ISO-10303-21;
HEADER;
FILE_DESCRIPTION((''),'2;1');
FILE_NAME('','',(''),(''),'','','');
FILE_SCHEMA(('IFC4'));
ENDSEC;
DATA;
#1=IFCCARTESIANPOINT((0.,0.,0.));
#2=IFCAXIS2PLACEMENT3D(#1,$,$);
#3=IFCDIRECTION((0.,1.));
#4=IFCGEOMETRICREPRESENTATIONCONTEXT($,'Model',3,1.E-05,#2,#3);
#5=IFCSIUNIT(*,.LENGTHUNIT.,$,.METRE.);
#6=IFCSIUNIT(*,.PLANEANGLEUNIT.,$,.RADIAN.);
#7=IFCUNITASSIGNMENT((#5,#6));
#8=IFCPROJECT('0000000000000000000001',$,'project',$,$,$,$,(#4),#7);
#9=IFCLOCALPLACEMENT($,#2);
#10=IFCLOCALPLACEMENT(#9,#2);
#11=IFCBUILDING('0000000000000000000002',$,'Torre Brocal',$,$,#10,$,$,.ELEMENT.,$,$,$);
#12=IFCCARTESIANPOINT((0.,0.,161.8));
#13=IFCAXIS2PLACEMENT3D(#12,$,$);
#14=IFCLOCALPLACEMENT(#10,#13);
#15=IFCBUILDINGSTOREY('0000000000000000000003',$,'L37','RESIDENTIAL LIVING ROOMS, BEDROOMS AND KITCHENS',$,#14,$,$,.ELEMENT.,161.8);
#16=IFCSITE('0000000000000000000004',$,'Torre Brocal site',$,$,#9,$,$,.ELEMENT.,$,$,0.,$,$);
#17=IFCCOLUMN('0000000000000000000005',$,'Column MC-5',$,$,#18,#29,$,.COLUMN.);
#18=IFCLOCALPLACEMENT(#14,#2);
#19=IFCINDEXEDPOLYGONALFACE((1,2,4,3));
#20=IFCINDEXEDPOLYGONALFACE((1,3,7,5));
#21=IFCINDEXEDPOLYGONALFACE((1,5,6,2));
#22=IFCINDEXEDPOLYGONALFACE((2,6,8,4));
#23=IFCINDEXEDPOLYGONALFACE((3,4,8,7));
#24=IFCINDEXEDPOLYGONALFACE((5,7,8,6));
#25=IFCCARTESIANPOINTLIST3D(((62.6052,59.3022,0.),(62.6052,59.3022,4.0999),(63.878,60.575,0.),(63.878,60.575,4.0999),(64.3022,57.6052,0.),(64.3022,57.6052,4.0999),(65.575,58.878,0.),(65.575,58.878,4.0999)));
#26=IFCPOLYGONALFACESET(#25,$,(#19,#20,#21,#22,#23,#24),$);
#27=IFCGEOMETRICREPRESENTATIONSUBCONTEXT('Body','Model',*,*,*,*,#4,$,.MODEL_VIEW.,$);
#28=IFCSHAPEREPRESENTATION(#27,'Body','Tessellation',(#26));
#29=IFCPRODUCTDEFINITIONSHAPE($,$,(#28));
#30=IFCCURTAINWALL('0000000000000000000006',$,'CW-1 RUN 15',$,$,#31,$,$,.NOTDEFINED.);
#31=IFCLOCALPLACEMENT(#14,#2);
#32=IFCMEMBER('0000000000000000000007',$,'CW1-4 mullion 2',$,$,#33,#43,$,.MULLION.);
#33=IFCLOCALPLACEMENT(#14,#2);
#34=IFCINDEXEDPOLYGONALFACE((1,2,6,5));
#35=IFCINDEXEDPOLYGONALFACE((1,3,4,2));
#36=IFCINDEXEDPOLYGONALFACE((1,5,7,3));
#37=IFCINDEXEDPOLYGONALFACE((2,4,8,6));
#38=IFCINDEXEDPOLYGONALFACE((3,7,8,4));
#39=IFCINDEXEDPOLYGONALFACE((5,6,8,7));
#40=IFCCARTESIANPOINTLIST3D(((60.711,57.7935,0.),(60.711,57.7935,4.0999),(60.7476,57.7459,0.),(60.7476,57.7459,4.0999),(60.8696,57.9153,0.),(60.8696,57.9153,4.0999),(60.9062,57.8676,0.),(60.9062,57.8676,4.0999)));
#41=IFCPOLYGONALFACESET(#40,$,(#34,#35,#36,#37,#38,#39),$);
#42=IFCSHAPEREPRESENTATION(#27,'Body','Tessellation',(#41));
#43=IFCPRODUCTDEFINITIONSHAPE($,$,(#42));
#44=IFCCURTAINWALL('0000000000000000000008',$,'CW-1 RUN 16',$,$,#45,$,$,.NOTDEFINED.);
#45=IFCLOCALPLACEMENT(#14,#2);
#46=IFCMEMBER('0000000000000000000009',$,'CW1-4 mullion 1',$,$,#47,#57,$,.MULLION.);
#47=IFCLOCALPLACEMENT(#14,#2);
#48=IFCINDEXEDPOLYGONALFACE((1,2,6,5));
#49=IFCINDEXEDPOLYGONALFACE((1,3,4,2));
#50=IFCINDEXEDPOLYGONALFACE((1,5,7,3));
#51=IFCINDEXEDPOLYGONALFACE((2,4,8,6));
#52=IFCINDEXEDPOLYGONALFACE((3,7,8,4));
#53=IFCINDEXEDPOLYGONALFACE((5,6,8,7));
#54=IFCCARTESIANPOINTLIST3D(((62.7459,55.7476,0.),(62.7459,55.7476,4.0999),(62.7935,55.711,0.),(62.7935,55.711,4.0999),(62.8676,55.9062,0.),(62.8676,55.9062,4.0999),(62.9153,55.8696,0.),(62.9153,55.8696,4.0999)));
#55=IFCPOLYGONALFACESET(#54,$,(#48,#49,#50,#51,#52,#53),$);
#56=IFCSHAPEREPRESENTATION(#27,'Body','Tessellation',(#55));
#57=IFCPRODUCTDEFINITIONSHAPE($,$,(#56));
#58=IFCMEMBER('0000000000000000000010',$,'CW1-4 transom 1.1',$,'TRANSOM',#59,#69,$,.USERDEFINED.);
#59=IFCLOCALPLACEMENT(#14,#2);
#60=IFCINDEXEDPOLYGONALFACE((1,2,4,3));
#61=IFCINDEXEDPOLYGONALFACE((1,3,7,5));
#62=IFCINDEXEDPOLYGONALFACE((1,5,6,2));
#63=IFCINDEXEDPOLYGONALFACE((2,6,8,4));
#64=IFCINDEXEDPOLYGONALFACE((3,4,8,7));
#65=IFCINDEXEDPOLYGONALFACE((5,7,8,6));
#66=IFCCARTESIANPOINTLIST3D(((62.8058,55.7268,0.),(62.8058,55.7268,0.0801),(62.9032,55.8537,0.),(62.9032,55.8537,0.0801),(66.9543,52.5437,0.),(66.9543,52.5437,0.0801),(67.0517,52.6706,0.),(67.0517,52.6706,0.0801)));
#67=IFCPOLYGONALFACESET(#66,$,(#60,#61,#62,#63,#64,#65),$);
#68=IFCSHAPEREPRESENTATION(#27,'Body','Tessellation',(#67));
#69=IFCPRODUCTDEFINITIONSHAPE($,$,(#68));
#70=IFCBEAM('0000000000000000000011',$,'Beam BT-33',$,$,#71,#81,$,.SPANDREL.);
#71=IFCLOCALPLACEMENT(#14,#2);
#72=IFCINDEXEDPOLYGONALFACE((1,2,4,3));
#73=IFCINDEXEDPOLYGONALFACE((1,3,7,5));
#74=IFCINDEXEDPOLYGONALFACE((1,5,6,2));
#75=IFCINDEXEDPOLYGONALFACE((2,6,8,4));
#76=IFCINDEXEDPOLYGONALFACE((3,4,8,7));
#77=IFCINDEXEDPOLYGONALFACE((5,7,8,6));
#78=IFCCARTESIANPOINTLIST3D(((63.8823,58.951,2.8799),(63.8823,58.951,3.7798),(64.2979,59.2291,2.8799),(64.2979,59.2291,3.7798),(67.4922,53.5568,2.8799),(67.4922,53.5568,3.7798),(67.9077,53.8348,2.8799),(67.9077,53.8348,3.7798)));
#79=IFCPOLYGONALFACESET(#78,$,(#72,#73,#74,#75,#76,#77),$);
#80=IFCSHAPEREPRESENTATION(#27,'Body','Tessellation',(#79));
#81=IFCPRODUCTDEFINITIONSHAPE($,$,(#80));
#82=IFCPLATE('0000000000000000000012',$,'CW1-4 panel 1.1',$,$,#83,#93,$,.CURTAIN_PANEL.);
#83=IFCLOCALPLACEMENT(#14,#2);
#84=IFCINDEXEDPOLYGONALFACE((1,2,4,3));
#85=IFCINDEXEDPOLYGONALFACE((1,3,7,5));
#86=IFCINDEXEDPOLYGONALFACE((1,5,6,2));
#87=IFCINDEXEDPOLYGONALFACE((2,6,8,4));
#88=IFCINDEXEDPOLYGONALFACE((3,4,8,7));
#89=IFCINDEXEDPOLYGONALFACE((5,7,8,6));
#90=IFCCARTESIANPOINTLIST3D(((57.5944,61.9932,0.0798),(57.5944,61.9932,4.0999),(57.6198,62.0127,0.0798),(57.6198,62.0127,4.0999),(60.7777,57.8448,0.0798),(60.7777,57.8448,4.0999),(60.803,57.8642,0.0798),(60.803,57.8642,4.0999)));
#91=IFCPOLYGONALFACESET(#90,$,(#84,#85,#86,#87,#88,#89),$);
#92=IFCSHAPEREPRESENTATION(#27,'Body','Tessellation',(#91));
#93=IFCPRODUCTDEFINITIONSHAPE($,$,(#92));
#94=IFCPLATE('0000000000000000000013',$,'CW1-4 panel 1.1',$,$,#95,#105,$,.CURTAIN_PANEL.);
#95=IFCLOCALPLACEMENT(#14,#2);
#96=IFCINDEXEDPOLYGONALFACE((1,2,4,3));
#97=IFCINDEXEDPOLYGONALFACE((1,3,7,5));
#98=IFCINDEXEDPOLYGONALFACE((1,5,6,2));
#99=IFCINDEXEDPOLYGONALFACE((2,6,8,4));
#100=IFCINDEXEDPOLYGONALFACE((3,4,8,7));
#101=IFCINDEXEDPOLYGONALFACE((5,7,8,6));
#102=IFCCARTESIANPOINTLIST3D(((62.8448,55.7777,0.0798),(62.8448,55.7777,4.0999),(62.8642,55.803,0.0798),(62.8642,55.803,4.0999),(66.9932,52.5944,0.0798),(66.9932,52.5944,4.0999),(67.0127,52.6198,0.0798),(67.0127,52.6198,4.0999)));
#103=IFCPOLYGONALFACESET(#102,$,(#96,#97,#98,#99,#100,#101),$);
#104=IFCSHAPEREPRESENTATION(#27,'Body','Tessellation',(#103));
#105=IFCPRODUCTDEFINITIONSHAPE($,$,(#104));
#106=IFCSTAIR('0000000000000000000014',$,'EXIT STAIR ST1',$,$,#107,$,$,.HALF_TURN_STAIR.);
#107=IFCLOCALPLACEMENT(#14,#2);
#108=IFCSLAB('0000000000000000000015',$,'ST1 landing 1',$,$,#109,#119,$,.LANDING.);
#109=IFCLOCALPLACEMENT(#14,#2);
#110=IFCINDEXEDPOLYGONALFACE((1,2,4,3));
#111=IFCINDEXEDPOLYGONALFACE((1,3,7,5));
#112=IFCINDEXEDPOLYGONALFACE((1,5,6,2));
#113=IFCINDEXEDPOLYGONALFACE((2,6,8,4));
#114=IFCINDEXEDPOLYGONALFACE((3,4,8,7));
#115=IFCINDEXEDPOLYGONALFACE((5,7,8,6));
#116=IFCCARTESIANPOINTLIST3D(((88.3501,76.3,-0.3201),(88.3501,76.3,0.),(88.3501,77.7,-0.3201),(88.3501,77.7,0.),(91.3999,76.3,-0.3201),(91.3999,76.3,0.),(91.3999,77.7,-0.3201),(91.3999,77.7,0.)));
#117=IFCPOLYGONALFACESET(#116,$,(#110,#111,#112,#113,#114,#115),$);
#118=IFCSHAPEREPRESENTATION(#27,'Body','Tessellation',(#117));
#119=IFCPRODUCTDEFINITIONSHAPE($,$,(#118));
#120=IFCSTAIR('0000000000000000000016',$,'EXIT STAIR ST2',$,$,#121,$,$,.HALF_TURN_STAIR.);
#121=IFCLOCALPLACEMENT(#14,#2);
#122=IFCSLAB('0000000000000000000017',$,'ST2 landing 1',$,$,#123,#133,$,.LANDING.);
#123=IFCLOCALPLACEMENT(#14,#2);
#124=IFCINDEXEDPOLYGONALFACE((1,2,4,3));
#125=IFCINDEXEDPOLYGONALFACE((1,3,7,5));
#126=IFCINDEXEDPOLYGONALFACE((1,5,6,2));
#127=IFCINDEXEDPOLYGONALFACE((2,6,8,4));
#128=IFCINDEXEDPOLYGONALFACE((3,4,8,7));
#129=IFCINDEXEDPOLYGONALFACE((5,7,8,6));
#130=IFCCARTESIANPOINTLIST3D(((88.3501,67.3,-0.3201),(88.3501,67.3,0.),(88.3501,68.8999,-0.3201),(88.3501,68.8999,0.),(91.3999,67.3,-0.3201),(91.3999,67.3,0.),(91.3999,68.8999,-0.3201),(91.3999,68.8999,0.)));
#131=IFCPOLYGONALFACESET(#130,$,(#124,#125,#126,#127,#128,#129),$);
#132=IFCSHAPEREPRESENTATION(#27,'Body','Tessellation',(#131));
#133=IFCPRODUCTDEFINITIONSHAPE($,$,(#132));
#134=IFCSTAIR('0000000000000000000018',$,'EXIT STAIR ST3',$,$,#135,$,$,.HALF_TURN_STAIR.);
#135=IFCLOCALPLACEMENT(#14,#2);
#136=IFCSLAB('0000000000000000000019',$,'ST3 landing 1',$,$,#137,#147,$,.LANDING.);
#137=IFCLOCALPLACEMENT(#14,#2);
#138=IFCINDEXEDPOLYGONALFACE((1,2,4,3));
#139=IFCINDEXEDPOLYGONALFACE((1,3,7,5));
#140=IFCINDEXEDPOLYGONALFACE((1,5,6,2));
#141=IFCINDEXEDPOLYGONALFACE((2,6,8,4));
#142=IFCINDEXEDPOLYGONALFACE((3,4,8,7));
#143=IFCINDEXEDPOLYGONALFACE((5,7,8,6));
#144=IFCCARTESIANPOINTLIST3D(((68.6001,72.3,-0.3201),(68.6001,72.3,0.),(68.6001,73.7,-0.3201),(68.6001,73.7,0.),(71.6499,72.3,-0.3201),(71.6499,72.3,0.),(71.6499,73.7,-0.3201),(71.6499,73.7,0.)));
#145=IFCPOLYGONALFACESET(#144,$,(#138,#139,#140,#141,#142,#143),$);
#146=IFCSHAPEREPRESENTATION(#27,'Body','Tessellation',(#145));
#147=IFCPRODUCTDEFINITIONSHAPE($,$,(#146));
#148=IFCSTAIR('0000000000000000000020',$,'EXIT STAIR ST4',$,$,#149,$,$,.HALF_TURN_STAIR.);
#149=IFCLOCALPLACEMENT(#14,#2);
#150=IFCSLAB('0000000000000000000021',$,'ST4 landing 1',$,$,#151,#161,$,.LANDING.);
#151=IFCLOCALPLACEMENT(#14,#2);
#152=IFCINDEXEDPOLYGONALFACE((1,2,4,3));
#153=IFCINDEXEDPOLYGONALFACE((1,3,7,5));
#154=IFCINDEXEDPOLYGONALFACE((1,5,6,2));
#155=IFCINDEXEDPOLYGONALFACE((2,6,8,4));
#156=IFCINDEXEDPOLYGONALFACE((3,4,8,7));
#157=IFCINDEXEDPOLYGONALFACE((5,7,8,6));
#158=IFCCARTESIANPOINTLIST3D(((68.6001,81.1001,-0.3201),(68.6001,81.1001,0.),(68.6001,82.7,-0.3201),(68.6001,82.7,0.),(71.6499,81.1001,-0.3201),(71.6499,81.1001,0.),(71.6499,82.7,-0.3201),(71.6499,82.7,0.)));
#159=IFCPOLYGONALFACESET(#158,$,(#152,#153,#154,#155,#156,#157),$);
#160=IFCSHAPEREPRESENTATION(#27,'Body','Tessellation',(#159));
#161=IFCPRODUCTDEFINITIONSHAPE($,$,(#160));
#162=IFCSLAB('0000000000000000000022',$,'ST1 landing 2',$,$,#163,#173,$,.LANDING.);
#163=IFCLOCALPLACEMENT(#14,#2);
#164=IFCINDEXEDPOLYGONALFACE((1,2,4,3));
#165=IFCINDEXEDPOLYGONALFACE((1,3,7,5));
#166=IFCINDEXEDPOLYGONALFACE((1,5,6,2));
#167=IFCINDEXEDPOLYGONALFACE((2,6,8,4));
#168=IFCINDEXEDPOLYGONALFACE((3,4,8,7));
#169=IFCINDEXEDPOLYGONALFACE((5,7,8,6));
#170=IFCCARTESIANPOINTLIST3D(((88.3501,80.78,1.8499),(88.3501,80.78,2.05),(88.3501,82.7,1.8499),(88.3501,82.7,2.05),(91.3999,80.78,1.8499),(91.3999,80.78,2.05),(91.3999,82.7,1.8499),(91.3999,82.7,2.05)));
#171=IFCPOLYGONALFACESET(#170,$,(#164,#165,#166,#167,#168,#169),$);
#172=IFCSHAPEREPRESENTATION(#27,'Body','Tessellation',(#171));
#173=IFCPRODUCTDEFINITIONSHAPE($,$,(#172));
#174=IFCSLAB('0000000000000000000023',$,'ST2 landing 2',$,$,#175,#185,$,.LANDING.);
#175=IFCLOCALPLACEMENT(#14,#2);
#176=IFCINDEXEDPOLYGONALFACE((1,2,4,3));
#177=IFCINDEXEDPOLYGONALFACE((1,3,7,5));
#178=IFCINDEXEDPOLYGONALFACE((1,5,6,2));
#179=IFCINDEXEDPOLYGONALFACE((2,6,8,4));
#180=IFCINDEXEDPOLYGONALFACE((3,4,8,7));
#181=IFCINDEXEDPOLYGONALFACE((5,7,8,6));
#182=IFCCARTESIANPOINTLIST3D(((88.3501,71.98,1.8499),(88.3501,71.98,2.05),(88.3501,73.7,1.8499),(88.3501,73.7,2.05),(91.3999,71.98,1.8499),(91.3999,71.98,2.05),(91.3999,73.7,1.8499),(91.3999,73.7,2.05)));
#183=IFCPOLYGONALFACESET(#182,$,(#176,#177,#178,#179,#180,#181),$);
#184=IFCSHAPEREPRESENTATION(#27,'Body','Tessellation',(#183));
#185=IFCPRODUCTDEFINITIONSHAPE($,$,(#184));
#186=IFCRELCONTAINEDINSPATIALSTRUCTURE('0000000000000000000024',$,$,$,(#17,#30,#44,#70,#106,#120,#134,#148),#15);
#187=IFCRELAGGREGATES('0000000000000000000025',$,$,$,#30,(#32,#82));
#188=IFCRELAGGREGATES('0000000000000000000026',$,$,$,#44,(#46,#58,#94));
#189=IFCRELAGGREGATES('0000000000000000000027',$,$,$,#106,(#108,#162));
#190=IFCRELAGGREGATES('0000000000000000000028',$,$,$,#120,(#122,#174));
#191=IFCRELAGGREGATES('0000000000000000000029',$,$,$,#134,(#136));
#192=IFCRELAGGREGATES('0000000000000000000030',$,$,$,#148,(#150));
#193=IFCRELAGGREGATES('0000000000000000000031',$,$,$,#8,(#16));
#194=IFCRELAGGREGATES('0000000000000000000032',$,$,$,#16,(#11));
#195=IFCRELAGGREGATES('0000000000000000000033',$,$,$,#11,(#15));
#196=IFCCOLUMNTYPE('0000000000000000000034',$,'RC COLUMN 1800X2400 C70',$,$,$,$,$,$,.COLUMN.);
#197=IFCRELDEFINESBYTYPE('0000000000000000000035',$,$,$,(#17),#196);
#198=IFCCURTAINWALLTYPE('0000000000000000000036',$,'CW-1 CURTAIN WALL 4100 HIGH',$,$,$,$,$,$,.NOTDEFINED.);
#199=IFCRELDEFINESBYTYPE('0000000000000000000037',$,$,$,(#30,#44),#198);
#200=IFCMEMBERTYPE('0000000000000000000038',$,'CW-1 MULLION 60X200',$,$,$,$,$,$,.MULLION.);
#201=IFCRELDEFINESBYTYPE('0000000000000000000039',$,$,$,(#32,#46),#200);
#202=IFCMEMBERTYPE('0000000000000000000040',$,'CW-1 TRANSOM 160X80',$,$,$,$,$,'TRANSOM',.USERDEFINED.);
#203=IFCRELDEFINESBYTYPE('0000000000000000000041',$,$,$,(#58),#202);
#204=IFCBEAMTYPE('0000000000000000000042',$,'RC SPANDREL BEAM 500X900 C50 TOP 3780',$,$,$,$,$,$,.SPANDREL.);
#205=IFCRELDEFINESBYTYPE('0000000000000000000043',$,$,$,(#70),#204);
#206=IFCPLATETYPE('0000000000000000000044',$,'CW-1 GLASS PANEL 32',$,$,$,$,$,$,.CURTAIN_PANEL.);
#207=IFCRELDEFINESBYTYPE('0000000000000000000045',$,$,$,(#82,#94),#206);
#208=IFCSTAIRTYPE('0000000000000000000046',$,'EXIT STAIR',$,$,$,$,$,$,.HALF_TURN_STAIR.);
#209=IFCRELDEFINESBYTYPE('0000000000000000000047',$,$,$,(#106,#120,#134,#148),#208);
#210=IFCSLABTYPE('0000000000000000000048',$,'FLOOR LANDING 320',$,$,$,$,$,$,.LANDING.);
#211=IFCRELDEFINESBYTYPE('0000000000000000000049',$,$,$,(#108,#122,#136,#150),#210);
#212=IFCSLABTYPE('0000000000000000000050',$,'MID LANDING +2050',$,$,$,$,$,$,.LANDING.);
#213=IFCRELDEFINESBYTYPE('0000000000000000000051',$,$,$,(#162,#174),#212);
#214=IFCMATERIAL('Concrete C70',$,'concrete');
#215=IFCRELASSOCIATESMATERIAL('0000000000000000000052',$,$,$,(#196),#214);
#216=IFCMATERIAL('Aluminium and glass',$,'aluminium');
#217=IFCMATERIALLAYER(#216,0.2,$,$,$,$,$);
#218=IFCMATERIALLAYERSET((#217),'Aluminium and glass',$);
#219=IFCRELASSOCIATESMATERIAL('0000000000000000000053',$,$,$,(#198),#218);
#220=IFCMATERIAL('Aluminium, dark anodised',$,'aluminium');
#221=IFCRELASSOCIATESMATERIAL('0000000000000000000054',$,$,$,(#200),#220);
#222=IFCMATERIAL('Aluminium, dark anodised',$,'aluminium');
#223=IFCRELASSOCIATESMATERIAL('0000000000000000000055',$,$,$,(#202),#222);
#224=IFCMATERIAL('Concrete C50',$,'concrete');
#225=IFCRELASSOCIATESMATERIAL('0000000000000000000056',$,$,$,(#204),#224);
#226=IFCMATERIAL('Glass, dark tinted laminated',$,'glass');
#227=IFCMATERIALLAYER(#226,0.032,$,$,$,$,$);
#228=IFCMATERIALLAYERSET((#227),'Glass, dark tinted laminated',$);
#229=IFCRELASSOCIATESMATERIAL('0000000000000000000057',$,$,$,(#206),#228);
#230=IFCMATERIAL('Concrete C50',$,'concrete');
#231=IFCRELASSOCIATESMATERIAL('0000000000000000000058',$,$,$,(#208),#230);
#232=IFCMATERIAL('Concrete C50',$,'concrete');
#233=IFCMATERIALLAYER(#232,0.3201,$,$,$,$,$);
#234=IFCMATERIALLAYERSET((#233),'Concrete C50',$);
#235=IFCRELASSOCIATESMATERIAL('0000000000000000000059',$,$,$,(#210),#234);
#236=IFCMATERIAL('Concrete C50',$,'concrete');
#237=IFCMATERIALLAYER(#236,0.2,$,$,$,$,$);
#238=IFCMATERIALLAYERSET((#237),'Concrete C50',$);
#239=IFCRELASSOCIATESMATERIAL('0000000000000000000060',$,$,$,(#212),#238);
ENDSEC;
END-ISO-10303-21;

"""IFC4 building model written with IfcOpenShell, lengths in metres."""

from ifc_helpers import new_model, si_unit, direction, frame, origin, origin_2d, place, context, subcontext, project, spatial, polyline, rectangle, outline, extrude, material, layer, layer_set, material_profile, profile_set, type_object, element, aggregate, save


model = new_model("IFC4")

# Units and contexts
model_context = context("Model", 3, precision=1e-05, world=origin(), true_north=direction((0.0, 1.0)))
body_context = subcontext(model_context, "Body", "Model", "MODEL_VIEW")
ifc_project = project(units=[si_unit("LENGTHUNIT", "METRE"), si_unit("PLANEANGLEUNIT", "RADIAN")], contexts=[model_context])

# Site, building, storey
site_placement = place(None, origin())
site = spatial("IfcSite", under=ifc_project, at=site_placement, Name="Torre Brocal site", CompositionType="ELEMENT", RefElevation=0.0)
building_placement = place(site_placement, origin())
building = spatial("IfcBuilding", under=site, at=building_placement, Name="Torre Brocal", CompositionType="ELEMENT")
storey_placement = place(building_placement, frame((0.0, 0.0, 161.8)))
storey = spatial("IfcBuildingStorey", under=building, at=storey_placement, Name="L37", Description="RESIDENTIAL LIVING ROOMS, BEDROOMS AND KITCHENS", CompositionType="ELEMENT", Elevation=161.8)

# Column
ifc_material_1 = material(Name="Concrete C70", Category="concrete")
ifc_material_profile_1 = material_profile(ifc_material_1, rectangle(XDim=1.8, YDim=2.3999, at=origin_2d()), Name="RC 1800X2400")
ifc_profile_set_1 = profile_set([ifc_material_profile_1], Name="Concrete C70")
column_type = type_object("IfcColumnType", Name="RC COLUMN 1800X2400 C70", PredefinedType="COLUMN", material=ifc_profile_set_1)
column_placement = place(storey_placement, frame((64.0901, 59.0901, 0.0), z_axis=(0.0, 0.0, 1.0), x_axis=(-0.707107, -0.707107, 0.0)))
element("IfcColumn", 1, at=column_placement, inside=storey, type_object=column_type, Name="Column MC-5", PredefinedType="COLUMN", context=body_context, shape_type="SweptSolid", body=[
    extrude(rectangle(XDim=1.8, YDim=2.3999, at=origin_2d()), origin(), (0.0, 0.0, 1.0), 4.0999),
])

# Curtain wall, member
ifc_material_2 = material(Name="Aluminium and glass", Category="aluminium")
ifc_layer_1 = layer(ifc_material_2, 0.2)
ifc_layer_set_1 = layer_set([ifc_layer_1], Name="Aluminium and glass")
curtain_wall_type = type_object("IfcCurtainWallType", Name="CW-1 CURTAIN WALL 4100 HIGH", PredefinedType="NOTDEFINED", material=ifc_layer_set_1)
curtain_wall_1_placement = place(storey_placement, origin())
curtain_wall_1 = element("IfcCurtainWall", 2, at=curtain_wall_1_placement, inside=storey, type_object=curtain_wall_type, Name="CW-1 RUN 15", PredefinedType="NOTDEFINED")
ifc_material_3 = material(Name="Aluminium, dark anodised", Category="aluminium")
ifc_material_profile_2 = material_profile(ifc_material_3, rectangle(XDim=0.2, YDim=0.0601, at=origin_2d()), Name="CW-1 MULLION 60X200")
ifc_profile_set_2 = profile_set([ifc_material_profile_2], Name="Aluminium, dark anodised")
member_type_1 = type_object("IfcMemberType", Name="CW-1 MULLION 60X200", PredefinedType="MULLION", material=ifc_profile_set_2)
member_1_placement = place(storey_placement, frame((60.8086, 57.8306, 0.0), z_axis=(0.0, 0.0, 1.0), x_axis=(0.793353, 0.608761, 0.0)))
member_1 = element("IfcMember", 3, at=member_1_placement, type_object=member_type_1, Name="CW1-4 mullion 2", PredefinedType="MULLION", context=body_context, shape_type="SweptSolid", body=[
    extrude(rectangle(XDim=0.2, YDim=0.0601, at=origin_2d()), origin(), (0.0, 0.0, 1.0), 4.0999),
])

# Curtain wall, members
curtain_wall_2_placement = place(storey_placement, origin())
curtain_wall_2 = element("IfcCurtainWall", 4, at=curtain_wall_2_placement, inside=storey, type_object=curtain_wall_type, Name="CW-1 RUN 16", PredefinedType="NOTDEFINED")
member_2_placement = place(storey_placement, frame((62.8306, 55.8086, 0.0), z_axis=(0.0, 0.0, 1.0), x_axis=(0.608761, 0.793353, 0.0)))
member_2 = element("IfcMember", 5, at=member_2_placement, type_object=member_type_1, Name="CW1-4 mullion 1", PredefinedType="MULLION", context=body_context, shape_type="SweptSolid", body=[
    extrude(rectangle(XDim=0.2, YDim=0.0601, at=origin_2d()), origin(), (0.0, 0.0, 1.0), 4.0999),
])
ifc_material_4 = material(Name="Aluminium, dark anodised", Category="aluminium")
ifc_material_profile_3 = material_profile(ifc_material_4, rectangle(XDim=0.1599, YDim=0.0801, at=origin_2d()), Name="CW-1 TRANSOM 160X80")
ifc_profile_set_3 = profile_set([ifc_material_profile_3], Name="Aluminium, dark anodised")
member_type_2 = type_object("IfcMemberType", Name="CW-1 TRANSOM 160X80", ElementType="TRANSOM", PredefinedType="USERDEFINED", material=ifc_profile_set_3)
member_3_placement = place(storey_placement, frame((62.8545, 55.7903, 0.04), z_axis=(0.793363, -0.608749, 0.0), x_axis=(0.608749, 0.793363, 0.0)))
member_3 = element("IfcMember", 6, at=member_3_placement, type_object=member_type_2, Name="CW1-4 transom 1.1", ObjectType="TRANSOM", PredefinedType="USERDEFINED", context=body_context, shape_type="SweptSolid", body=[
    extrude(rectangle(XDim=0.1599, YDim=0.0801, at=origin_2d()), origin(), (0.0, 0.0, 1.0), 5.229),
])

# Beam
ifc_material_5 = material(Name="Concrete C50", Category="concrete")
ifc_material_profile_4 = material_profile(ifc_material_5, rectangle(XDim=0.5, YDim=0.8999, at=origin_2d()), Name="RC 500X900")
ifc_profile_set_4 = profile_set([ifc_material_profile_4], Name="Concrete C50")
beam_type = type_object("IfcBeamType", Name="RC SPANDREL BEAM 500X900 C50 TOP 3780", PredefinedType="SPANDREL", material=ifc_profile_set_4)
beam_placement = place(storey_placement, frame((64.0901, 59.0901, 3.3298), z_axis=(0.556158, -0.831077, 0.0), x_axis=(0.831077, 0.556158, 0.0)))
element("IfcBeam", 7, at=beam_placement, inside=storey, type_object=beam_type, Name="Beam BT-33", PredefinedType="SPANDREL", context=body_context, shape_type="SweptSolid", body=[
    extrude(rectangle(XDim=0.5, YDim=0.8999, at=origin_2d()), origin(), (0.0, 0.0, 1.0), 6.4907),
])

# Plates
ifc_material_6 = material(Name="Glass, dark tinted laminated", Category="glass")
ifc_layer_2 = layer(ifc_material_6, 0.032)
ifc_layer_set_2 = layer_set([ifc_layer_2], Name="Glass, dark tinted laminated")
plate_type = type_object("IfcPlateType", Name="CW-1 GLASS PANEL 32", PredefinedType="CURTAIN_PANEL", material=ifc_layer_set_2)
plate_1_placement = place(storey_placement, frame((59.1987, 59.9287, 0.0798), z_axis=(0.0, 0.0, 1.0), x_axis=(0.608761, -0.793353, 0.0)))
plate_1 = element("IfcPlate", 8, at=plate_1_placement, type_object=plate_type, Name="CW1-4 panel 1.1", PredefinedType="CURTAIN_PANEL", context=body_context, shape_type="SweptSolid", body=[
    extrude(rectangle(XDim=5.229, YDim=0.032, at=origin_2d()), origin(), (0.0, 0.0, 1.0), 4.02),
])
aggregate(curtain_wall_1, [member_1, plate_1])
plate_2_placement = place(storey_placement, frame((64.9287, 54.1987, 0.0798), z_axis=(0.0, 0.0, 1.0), x_axis=(0.793353, -0.608761, 0.0)))
plate_2 = element("IfcPlate", 9, at=plate_2_placement, type_object=plate_type, Name="CW1-4 panel 1.1", PredefinedType="CURTAIN_PANEL", context=body_context, shape_type="SweptSolid", body=[
    extrude(rectangle(XDim=5.229, YDim=0.032, at=origin_2d()), origin(), (0.0, 0.0, 1.0), 4.02),
])
aggregate(curtain_wall_2, [member_2, member_3, plate_2])

# Stairs, slabs
ifc_material_7 = material(Name="Concrete C50", Category="concrete")
stair_type = type_object("IfcStairType", Name="EXIT STAIR", PredefinedType="HALF_TURN_STAIR", material=ifc_material_7)
stair_1_placement = place(storey_placement, origin())
stair_1 = element("IfcStair", 10, at=stair_1_placement, inside=storey, type_object=stair_type, Name="EXIT STAIR ST1", PredefinedType="HALF_TURN_STAIR")
ifc_material_8 = material(Name="Concrete C50", Category="concrete")
ifc_layer_3 = layer(ifc_material_8, 0.3201)
ifc_layer_set_3 = layer_set([ifc_layer_3], Name="Concrete C50")
slab_type_1 = type_object("IfcSlabType", Name="FLOOR LANDING 320", PredefinedType="LANDING", material=ifc_layer_set_3)
slab_1_placement = place(storey_placement, frame((0.0, 0.0, -0.3201)))
slab_1 = element("IfcSlab", 11, at=slab_1_placement, type_object=slab_type_1, Name="ST1 landing 1", PredefinedType="LANDING", context=body_context, shape_type="SweptSolid", body=[
    extrude(outline(polyline([(88.3501, 76.3), (91.3999, 76.3), (91.3999, 77.7), (88.3501, 77.7), (88.3501, 76.3)])), origin(), (0.0, 0.0, 1.0), 0.3201),
])
stair_2_placement = place(storey_placement, origin())
stair_2 = element("IfcStair", 12, at=stair_2_placement, inside=storey, type_object=stair_type, Name="EXIT STAIR ST2", PredefinedType="HALF_TURN_STAIR")
slab_2_placement = place(storey_placement, frame((0.0, 0.0, -0.3201)))
slab_2 = element("IfcSlab", 13, at=slab_2_placement, type_object=slab_type_1, Name="ST2 landing 1", PredefinedType="LANDING", context=body_context, shape_type="SweptSolid", body=[
    extrude(outline(polyline([(88.3501, 67.3), (91.3999, 67.3), (91.3999, 68.8999), (88.3501, 68.8999), (88.3501, 67.3)])), origin(), (0.0, 0.0, 1.0), 0.3201),
])
stair_3_placement = place(storey_placement, origin())
stair_3 = element("IfcStair", 14, at=stair_3_placement, inside=storey, type_object=stair_type, Name="EXIT STAIR ST3", PredefinedType="HALF_TURN_STAIR")
slab_3_placement = place(storey_placement, frame((0.0, 0.0, -0.3201)))
slab_3 = element("IfcSlab", 15, at=slab_3_placement, type_object=slab_type_1, Name="ST3 landing 1", PredefinedType="LANDING", context=body_context, shape_type="SweptSolid", body=[
    extrude(outline(polyline([(71.6499, 73.7), (68.6001, 73.7), (68.6001, 72.3), (71.6499, 72.3), (71.6499, 73.7)])), origin(), (0.0, 0.0, 1.0), 0.3201),
])
stair_4_placement = place(storey_placement, origin())
stair_4 = element("IfcStair", 16, at=stair_4_placement, inside=storey, type_object=stair_type, Name="EXIT STAIR ST4", PredefinedType="HALF_TURN_STAIR")
slab_4_placement = place(storey_placement, frame((0.0, 0.0, -0.3201)))
slab_4 = element("IfcSlab", 17, at=slab_4_placement, type_object=slab_type_1, Name="ST4 landing 1", PredefinedType="LANDING", context=body_context, shape_type="SweptSolid", body=[
    extrude(outline(polyline([(71.6499, 82.7), (68.6001, 82.7), (68.6001, 81.1001), (71.6499, 81.1001), (71.6499, 82.7)])), origin(), (0.0, 0.0, 1.0), 0.3201),
])

# Slabs
ifc_material_9 = material(Name="Concrete C50", Category="concrete")
ifc_layer_4 = layer(ifc_material_9, 0.2)
ifc_layer_set_4 = layer_set([ifc_layer_4], Name="Concrete C50")
slab_type_2 = type_object("IfcSlabType", Name="MID LANDING +2050", PredefinedType="LANDING", material=ifc_layer_set_4)
slab_5_placement = place(storey_placement, frame((0.0, 0.0, 1.8499)))
slab_5 = element("IfcSlab", 18, at=slab_5_placement, type_object=slab_type_2, Name="ST1 landing 2", PredefinedType="LANDING", context=body_context, shape_type="SweptSolid", body=[
    extrude(outline(polyline([(88.3501, 80.78), (91.3999, 80.78), (91.3999, 82.7), (88.3501, 82.7), (88.3501, 80.78)])), origin(), (0.0, 0.0, 1.0), 0.2002),
])
aggregate(stair_1, [slab_1, slab_5])
slab_6_placement = place(storey_placement, frame((0.0, 0.0, 1.8499)))
slab_6 = element("IfcSlab", 19, at=slab_6_placement, type_object=slab_type_2, Name="ST2 landing 2", PredefinedType="LANDING", context=body_context, shape_type="SweptSolid", body=[
    extrude(outline(polyline([(88.3501, 71.98), (91.3999, 71.98), (91.3999, 73.7), (88.3501, 73.7), (88.3501, 71.98)])), origin(), (0.0, 0.0, 1.0), 0.2002),
])
aggregate(stair_2, [slab_2, slab_6])
aggregate(stair_3, [slab_3])
aggregate(stair_4, [slab_4])

save(model, "model.ifc")
